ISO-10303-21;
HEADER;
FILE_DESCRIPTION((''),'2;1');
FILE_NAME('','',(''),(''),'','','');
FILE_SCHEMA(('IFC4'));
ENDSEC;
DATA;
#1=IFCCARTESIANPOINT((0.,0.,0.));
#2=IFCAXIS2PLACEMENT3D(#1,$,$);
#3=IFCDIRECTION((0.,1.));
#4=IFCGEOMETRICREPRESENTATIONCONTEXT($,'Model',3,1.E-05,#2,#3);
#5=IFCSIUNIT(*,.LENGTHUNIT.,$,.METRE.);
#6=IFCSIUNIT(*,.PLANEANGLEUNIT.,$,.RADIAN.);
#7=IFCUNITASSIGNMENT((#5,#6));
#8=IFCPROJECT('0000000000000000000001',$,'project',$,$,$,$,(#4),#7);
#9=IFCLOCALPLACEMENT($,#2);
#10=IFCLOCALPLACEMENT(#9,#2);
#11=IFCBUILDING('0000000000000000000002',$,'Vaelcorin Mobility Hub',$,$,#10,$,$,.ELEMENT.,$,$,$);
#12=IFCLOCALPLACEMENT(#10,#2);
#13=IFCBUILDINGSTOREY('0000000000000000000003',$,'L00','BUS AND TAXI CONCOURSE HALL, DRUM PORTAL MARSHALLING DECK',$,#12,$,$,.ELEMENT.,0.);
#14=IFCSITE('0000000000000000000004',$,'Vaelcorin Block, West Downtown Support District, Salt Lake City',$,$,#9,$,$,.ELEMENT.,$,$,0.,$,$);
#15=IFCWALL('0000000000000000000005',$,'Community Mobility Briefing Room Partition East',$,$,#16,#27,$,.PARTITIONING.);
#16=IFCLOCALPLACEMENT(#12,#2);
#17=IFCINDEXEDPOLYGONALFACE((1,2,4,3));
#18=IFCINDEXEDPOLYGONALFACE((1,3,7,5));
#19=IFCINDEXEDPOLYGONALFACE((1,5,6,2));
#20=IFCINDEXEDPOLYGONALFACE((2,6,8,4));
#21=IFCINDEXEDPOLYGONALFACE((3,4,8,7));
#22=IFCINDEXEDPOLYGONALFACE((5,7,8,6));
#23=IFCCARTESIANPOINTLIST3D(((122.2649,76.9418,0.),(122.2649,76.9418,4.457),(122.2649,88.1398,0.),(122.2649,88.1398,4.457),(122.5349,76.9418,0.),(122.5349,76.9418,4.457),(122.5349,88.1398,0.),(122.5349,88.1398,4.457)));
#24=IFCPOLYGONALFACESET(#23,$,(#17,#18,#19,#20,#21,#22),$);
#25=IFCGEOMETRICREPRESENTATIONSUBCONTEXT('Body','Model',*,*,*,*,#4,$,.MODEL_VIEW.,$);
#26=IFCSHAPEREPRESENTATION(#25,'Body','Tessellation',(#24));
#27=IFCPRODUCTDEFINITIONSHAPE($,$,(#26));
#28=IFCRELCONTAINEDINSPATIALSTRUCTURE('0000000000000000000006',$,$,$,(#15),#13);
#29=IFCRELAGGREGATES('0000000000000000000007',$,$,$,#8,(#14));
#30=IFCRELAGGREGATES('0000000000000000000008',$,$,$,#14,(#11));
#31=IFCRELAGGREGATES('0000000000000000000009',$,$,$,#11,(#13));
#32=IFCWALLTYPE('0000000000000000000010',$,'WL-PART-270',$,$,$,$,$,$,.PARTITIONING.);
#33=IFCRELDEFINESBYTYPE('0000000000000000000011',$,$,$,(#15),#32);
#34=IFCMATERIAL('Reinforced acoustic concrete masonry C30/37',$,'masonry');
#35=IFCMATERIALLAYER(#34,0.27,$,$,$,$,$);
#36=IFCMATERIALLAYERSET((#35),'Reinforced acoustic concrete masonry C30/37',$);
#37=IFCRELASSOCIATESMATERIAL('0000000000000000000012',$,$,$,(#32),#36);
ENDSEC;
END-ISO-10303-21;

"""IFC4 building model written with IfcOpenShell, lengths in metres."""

from ifc_helpers import new_model, si_unit, direction, frame, frame_2d, origin, place, context, subcontext, project, spatial, rectangle, extrude, material, layer, layer_set, type_object, element, save


model = new_model("IFC4")

# Units and contexts
model_context = context("Model", 3, precision=1e-05, world=origin(), true_north=direction((0.0, 1.0)))
body_context = subcontext(model_context, "Body", "Model", "MODEL_VIEW")
ifc_project = project(units=[si_unit("LENGTHUNIT", "METRE"), si_unit("PLANEANGLEUNIT", "RADIAN")], contexts=[model_context])

# Site, building, storey
site_placement = place(None, origin())
site = spatial("IfcSite", under=ifc_project, at=site_placement, Name="Vaelcorin Block, West Downtown Support District, Salt Lake City", CompositionType="ELEMENT", RefElevation=0.0)
building_placement = place(site_placement, origin())
building = spatial("IfcBuilding", under=site, at=building_placement, Name="Vaelcorin Mobility Hub", CompositionType="ELEMENT")
storey_placement = place(building_placement, origin())
storey = spatial("IfcBuildingStorey", under=building, at=storey_placement, Name="L00", Description="BUS AND TAXI CONCOURSE HALL, DRUM PORTAL MARSHALLING DECK", CompositionType="ELEMENT", Elevation=0.0)

# Wall
ifc_material_1 = material(Name="Reinforced acoustic concrete masonry C30/37", Category="masonry")
ifc_layer_1 = layer(ifc_material_1, 0.27)
ifc_layer_set_1 = layer_set([ifc_layer_1], Name="Reinforced acoustic concrete masonry C30/37")
wall_type = type_object("IfcWallType", Name="WL-PART-270", PredefinedType="PARTITIONING", material=ifc_layer_set_1)
wall_placement = place(storey_placement, frame((122.3999, 88.1399, 0.0), z_axis=(0.0, 0.0, 1.0), x_axis=(0.0, -1.0, 0.0)))
element("IfcWall", 1, at=wall_placement, inside=storey, type_object=wall_type, Name="Community Mobility Briefing Room Partition East", PredefinedType="PARTITIONING", context=body_context, shape_type="SweptSolid", body=[
    extrude(rectangle(XDim=11.198, YDim=0.27, at=frame_2d((5.5991, 0.0))), origin(), (0.0, 0.0, 1.0), 4.457),
])

save(model, "model.ifc")
